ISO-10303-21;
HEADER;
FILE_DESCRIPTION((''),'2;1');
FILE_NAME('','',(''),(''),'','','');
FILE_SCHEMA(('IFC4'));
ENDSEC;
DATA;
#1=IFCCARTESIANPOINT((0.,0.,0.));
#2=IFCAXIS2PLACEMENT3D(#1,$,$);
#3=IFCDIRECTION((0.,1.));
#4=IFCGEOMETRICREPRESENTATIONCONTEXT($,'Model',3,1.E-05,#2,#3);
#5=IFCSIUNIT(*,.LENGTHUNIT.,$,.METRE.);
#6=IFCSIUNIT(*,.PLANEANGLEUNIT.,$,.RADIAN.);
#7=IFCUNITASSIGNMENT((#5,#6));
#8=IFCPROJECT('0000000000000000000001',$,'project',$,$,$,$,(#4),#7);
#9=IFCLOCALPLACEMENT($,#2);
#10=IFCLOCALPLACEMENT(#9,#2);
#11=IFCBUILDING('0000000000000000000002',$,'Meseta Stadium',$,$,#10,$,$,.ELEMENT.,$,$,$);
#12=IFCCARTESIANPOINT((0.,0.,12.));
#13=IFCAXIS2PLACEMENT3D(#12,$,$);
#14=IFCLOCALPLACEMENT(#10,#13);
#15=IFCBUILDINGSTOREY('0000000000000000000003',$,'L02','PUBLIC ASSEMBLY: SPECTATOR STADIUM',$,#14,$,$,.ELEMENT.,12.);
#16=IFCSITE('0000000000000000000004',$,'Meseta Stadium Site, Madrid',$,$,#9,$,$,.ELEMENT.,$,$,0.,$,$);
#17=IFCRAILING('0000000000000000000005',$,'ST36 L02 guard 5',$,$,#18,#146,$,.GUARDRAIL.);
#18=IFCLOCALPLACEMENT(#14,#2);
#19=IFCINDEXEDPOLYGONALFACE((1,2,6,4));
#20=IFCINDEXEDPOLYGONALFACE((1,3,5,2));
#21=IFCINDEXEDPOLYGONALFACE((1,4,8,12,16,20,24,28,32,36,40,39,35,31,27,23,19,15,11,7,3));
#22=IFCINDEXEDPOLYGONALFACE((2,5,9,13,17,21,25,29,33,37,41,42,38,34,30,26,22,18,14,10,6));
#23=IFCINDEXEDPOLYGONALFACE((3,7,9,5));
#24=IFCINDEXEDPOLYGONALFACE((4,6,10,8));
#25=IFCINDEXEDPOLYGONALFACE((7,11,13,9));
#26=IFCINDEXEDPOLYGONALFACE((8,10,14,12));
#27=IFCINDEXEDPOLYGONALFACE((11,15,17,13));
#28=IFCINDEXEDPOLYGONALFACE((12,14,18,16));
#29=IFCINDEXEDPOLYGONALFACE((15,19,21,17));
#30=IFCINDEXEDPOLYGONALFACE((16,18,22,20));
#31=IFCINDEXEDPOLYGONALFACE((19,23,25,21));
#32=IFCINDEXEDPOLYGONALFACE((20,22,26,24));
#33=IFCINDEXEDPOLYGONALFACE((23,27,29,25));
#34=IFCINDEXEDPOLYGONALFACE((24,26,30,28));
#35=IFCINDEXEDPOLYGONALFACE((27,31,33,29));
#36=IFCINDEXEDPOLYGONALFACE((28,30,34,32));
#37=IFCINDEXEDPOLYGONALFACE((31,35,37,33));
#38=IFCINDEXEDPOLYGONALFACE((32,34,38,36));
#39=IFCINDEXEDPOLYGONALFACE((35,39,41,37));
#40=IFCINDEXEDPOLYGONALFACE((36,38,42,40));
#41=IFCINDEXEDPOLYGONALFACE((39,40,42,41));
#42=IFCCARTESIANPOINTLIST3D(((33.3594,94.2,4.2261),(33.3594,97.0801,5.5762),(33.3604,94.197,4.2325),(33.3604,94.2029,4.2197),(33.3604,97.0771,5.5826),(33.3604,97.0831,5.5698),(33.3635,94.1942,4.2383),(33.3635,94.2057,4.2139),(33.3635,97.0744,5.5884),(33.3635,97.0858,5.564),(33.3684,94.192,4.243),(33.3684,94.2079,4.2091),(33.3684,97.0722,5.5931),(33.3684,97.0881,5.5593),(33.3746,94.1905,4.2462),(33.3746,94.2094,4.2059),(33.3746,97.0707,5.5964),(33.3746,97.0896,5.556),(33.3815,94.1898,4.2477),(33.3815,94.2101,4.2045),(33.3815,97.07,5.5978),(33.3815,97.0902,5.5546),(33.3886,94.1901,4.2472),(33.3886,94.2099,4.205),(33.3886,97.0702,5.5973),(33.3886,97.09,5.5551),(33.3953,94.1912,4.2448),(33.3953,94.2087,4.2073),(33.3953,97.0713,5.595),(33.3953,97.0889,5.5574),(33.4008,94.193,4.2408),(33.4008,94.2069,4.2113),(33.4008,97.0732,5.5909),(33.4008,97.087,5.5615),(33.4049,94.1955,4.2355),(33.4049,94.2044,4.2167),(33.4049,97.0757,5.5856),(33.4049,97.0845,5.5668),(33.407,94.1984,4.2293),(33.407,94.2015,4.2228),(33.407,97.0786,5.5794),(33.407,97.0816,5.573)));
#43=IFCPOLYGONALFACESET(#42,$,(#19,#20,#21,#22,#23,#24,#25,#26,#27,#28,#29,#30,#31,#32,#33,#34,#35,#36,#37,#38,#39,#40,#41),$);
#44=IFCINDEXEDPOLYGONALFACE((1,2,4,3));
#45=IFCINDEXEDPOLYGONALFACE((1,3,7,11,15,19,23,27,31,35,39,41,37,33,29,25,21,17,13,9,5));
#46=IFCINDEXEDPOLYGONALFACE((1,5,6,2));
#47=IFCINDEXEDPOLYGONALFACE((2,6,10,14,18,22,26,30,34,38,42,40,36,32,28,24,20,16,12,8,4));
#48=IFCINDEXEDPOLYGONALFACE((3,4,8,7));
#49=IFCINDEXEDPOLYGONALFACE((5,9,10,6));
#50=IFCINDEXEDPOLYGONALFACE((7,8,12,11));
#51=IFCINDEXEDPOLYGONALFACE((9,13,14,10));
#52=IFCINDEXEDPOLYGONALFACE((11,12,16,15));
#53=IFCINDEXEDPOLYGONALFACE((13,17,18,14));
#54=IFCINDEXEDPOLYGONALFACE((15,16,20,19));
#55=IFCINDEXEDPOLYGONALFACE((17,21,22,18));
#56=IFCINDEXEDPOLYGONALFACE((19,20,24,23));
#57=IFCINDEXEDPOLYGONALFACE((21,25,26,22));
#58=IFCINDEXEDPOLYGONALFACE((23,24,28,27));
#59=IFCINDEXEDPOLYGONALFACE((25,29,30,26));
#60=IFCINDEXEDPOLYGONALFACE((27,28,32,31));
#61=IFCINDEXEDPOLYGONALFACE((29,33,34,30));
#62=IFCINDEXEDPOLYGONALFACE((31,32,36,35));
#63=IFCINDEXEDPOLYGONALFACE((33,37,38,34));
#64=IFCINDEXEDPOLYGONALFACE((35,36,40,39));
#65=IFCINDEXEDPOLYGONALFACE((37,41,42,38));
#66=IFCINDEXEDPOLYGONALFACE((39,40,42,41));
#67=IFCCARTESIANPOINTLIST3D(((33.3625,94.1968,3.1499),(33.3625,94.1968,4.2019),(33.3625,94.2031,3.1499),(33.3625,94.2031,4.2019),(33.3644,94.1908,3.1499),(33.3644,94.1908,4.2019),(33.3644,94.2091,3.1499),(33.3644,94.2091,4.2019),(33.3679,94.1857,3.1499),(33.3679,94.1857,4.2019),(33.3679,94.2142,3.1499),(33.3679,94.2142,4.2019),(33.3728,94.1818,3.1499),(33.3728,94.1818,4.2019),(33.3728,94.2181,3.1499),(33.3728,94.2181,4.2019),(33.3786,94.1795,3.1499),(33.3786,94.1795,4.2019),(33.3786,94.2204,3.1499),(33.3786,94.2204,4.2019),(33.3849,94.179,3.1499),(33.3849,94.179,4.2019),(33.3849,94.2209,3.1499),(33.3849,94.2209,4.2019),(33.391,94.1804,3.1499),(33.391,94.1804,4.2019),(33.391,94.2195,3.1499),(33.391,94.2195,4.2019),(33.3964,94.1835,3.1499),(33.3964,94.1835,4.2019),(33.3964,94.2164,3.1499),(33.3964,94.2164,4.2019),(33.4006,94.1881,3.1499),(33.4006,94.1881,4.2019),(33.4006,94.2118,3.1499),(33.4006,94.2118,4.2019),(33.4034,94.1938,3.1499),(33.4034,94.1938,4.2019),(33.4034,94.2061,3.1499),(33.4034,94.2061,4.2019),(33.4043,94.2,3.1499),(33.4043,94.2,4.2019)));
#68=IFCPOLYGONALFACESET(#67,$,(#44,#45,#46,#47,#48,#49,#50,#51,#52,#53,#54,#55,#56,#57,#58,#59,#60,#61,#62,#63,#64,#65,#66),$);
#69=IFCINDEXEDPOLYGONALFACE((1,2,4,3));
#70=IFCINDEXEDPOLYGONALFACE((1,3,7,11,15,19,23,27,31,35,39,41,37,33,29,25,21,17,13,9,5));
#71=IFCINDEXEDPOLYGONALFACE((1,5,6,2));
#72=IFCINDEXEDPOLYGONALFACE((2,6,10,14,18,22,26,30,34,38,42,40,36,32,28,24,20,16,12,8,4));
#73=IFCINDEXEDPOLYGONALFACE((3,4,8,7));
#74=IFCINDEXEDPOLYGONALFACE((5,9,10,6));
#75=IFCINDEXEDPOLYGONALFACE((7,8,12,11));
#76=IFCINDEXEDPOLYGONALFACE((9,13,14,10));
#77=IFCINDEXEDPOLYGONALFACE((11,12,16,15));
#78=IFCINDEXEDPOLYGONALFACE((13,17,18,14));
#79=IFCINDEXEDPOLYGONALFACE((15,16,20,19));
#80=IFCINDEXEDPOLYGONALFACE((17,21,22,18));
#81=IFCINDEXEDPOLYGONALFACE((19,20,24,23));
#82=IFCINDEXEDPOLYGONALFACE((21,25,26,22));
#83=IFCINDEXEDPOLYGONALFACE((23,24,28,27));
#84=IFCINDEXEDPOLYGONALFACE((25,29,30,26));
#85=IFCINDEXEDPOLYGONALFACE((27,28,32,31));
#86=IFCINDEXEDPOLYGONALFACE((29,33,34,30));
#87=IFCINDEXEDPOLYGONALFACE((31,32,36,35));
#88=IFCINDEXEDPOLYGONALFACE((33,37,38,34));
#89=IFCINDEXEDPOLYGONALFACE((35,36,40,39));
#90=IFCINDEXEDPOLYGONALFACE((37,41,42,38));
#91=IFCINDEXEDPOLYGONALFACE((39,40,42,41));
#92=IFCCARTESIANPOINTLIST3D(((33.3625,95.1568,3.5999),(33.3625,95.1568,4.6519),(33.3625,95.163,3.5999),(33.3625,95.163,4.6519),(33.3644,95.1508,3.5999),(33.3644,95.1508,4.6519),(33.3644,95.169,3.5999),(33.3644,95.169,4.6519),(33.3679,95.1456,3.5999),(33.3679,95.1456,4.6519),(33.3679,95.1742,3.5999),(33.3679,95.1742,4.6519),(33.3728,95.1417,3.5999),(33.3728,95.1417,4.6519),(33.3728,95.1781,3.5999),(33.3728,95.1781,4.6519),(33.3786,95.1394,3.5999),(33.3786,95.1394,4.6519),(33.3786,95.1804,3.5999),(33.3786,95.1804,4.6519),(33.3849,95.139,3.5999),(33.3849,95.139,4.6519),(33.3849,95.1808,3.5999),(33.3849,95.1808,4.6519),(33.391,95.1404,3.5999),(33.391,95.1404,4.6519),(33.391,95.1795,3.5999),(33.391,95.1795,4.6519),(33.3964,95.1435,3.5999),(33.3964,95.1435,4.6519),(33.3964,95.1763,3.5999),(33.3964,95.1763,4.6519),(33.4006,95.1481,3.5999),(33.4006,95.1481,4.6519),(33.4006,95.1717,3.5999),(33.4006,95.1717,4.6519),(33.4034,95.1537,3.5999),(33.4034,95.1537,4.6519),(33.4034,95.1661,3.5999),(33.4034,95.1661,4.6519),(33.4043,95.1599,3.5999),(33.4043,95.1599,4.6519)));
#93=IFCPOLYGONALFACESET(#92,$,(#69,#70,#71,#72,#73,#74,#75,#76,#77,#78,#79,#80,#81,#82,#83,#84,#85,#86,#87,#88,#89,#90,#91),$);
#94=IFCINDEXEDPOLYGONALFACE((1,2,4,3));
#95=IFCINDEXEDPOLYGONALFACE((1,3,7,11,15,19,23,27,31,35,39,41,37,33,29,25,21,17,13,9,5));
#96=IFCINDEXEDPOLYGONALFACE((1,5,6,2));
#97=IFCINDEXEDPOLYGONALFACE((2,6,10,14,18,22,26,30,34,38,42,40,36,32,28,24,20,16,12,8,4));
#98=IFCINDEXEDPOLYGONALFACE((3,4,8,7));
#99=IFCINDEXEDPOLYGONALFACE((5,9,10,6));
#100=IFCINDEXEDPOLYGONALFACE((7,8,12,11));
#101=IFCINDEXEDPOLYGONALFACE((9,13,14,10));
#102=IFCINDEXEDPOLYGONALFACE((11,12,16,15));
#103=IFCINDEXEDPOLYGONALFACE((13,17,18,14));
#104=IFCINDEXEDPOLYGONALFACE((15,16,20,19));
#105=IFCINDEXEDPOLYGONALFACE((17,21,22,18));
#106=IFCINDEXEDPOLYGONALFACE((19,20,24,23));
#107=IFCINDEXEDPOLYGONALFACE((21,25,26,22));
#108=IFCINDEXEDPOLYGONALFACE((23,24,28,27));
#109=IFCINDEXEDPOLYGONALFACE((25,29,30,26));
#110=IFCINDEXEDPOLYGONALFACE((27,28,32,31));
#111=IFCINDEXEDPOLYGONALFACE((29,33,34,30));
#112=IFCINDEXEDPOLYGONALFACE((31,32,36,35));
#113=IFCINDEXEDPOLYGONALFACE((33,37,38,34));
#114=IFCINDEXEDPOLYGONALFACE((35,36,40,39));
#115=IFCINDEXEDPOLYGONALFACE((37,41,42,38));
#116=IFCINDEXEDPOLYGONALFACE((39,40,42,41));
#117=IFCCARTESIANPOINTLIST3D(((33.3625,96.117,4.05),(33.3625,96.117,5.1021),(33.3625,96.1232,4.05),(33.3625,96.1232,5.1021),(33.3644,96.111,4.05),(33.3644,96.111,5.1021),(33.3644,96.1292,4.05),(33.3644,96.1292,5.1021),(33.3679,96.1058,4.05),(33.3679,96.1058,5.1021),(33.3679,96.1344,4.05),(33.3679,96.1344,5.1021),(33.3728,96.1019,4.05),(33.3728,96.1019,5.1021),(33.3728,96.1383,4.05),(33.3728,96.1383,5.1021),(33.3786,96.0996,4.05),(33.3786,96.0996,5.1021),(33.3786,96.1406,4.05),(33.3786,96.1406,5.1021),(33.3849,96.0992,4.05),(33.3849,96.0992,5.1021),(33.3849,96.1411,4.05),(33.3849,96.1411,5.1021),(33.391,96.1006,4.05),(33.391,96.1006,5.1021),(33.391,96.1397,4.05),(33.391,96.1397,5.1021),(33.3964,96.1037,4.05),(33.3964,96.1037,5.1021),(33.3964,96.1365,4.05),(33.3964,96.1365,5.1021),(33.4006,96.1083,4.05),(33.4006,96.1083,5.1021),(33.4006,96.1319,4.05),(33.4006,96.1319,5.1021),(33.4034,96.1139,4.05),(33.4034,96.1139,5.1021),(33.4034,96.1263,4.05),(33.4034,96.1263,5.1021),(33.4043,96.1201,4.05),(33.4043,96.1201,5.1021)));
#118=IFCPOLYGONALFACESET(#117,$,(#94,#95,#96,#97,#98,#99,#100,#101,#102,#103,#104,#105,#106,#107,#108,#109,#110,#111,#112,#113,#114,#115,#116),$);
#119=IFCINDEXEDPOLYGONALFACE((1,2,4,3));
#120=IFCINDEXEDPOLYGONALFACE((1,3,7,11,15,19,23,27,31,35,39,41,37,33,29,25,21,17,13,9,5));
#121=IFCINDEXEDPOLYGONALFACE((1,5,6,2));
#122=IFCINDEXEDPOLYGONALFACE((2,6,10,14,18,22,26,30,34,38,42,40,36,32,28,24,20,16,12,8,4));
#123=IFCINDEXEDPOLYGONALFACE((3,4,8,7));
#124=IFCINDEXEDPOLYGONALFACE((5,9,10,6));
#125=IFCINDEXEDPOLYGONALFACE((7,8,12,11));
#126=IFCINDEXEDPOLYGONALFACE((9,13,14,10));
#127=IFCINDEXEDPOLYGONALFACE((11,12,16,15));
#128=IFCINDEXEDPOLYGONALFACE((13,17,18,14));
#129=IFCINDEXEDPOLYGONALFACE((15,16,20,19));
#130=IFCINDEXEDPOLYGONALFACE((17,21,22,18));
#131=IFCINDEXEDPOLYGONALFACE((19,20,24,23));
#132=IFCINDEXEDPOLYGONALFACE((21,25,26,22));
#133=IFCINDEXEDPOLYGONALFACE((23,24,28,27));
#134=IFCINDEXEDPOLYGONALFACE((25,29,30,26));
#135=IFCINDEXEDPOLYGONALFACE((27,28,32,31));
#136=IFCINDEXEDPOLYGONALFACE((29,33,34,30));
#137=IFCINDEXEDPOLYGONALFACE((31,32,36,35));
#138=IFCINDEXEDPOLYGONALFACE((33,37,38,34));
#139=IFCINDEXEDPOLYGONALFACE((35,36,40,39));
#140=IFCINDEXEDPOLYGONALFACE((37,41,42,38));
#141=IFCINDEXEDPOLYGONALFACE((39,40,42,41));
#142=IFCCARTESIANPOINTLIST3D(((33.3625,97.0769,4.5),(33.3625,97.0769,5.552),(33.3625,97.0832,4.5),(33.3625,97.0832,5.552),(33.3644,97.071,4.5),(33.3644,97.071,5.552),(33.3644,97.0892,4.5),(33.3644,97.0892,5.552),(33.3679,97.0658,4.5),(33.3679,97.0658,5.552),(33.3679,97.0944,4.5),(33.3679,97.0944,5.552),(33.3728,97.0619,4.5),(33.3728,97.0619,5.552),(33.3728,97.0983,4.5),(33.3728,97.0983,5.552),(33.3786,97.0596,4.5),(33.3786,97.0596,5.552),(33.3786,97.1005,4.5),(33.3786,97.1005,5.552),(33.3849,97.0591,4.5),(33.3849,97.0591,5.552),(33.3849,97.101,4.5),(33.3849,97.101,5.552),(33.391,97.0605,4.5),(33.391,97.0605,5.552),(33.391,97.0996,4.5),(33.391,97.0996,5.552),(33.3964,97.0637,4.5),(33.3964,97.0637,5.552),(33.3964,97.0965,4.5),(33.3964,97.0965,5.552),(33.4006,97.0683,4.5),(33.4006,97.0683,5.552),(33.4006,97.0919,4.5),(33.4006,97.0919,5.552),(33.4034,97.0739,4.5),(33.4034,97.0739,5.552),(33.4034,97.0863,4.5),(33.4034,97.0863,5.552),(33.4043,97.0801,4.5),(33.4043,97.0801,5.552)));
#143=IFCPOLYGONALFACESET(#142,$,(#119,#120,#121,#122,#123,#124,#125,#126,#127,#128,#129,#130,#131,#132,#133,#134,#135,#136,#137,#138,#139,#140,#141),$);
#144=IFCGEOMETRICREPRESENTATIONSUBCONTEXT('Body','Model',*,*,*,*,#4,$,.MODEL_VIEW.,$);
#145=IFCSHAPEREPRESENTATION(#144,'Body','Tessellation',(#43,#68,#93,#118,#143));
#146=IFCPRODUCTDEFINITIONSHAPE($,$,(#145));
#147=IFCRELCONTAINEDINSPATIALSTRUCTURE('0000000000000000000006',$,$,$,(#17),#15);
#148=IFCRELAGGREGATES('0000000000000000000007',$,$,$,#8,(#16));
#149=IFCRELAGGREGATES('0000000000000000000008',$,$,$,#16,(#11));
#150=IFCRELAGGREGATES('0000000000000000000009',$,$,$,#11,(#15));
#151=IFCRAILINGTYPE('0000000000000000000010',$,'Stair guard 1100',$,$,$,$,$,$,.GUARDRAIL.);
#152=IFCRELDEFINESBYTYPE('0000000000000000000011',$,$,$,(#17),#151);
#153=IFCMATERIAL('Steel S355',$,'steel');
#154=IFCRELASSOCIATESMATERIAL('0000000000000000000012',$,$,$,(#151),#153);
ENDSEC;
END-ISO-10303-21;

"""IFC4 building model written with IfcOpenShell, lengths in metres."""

from ifc_helpers import new_model, si_unit, direction, frame, origin, origin_2d, place, context, subcontext, project, spatial, circle, extrude, material, type_object, element, save


model = new_model("IFC4")

# Units and contexts
model_context = context("Model", 3, precision=1e-05, world=origin(), true_north=direction((0.0, 1.0)))
body_context = subcontext(model_context, "Body", "Model", "MODEL_VIEW")
ifc_project = project(units=[si_unit("LENGTHUNIT", "METRE"), si_unit("PLANEANGLEUNIT", "RADIAN")], contexts=[model_context])

# Site, building, storey
site_placement = place(None, origin())
site = spatial("IfcSite", under=ifc_project, at=site_placement, Name="Meseta Stadium Site, Madrid", CompositionType="ELEMENT", RefElevation=0.0)
building_placement = place(site_placement, origin())
building = spatial("IfcBuilding", under=site, at=building_placement, Name="Meseta Stadium", CompositionType="ELEMENT")
storey_placement = place(building_placement, frame((0.0, 0.0, 12.0)))
storey = spatial("IfcBuildingStorey", under=building, at=storey_placement, Name="L02", Description="PUBLIC ASSEMBLY: SPECTATOR STADIUM", CompositionType="ELEMENT", Elevation=12.0)

# Railing
ifc_material_1 = material(Name="Steel S355", Category="steel")
railing_type_1 = type_object("IfcRailingType", Name="Stair guard 1100", PredefinedType="GUARDRAIL", material=ifc_material_1)
railing_1_placement = place(storey_placement, frame((33.3833, 94.2, 3.1499)))
element("IfcRailing", 1, at=railing_1_placement, inside=storey, type_object=railing_type_1, Name="ST36 L02 guard 5", PredefinedType="GUARDRAIL", context=body_context, shape_type="SweptSolid", body=[
    extrude(circle(Radius=0.0239, at=origin_2d()), frame((0.0, 0.0, 1.0762), z_axis=(0.0, 0.905454, 0.424444), x_axis=(-1.0, 0.0, 0.0)), (0.0, 0.0, 1.0), 3.1809),
    extrude(circle(Radius=0.021, at=origin_2d()), origin(), (0.0, 0.0, 1.0), 1.052),
    extrude(circle(Radius=0.021, at=origin_2d()), frame((0.0, 0.96, 0.45)), (0.0, 0.0, 1.0), 1.052),
    extrude(circle(Radius=0.021, at=origin_2d()), frame((0.0, 1.9202, 0.9001)), (0.0, 0.0, 1.0), 1.052),
    extrude(circle(Radius=0.021, at=origin_2d()), frame((0.0, 2.8801, 1.3501)), (0.0, 0.0, 1.0), 1.052),
])

save(model, "model.ifc")
